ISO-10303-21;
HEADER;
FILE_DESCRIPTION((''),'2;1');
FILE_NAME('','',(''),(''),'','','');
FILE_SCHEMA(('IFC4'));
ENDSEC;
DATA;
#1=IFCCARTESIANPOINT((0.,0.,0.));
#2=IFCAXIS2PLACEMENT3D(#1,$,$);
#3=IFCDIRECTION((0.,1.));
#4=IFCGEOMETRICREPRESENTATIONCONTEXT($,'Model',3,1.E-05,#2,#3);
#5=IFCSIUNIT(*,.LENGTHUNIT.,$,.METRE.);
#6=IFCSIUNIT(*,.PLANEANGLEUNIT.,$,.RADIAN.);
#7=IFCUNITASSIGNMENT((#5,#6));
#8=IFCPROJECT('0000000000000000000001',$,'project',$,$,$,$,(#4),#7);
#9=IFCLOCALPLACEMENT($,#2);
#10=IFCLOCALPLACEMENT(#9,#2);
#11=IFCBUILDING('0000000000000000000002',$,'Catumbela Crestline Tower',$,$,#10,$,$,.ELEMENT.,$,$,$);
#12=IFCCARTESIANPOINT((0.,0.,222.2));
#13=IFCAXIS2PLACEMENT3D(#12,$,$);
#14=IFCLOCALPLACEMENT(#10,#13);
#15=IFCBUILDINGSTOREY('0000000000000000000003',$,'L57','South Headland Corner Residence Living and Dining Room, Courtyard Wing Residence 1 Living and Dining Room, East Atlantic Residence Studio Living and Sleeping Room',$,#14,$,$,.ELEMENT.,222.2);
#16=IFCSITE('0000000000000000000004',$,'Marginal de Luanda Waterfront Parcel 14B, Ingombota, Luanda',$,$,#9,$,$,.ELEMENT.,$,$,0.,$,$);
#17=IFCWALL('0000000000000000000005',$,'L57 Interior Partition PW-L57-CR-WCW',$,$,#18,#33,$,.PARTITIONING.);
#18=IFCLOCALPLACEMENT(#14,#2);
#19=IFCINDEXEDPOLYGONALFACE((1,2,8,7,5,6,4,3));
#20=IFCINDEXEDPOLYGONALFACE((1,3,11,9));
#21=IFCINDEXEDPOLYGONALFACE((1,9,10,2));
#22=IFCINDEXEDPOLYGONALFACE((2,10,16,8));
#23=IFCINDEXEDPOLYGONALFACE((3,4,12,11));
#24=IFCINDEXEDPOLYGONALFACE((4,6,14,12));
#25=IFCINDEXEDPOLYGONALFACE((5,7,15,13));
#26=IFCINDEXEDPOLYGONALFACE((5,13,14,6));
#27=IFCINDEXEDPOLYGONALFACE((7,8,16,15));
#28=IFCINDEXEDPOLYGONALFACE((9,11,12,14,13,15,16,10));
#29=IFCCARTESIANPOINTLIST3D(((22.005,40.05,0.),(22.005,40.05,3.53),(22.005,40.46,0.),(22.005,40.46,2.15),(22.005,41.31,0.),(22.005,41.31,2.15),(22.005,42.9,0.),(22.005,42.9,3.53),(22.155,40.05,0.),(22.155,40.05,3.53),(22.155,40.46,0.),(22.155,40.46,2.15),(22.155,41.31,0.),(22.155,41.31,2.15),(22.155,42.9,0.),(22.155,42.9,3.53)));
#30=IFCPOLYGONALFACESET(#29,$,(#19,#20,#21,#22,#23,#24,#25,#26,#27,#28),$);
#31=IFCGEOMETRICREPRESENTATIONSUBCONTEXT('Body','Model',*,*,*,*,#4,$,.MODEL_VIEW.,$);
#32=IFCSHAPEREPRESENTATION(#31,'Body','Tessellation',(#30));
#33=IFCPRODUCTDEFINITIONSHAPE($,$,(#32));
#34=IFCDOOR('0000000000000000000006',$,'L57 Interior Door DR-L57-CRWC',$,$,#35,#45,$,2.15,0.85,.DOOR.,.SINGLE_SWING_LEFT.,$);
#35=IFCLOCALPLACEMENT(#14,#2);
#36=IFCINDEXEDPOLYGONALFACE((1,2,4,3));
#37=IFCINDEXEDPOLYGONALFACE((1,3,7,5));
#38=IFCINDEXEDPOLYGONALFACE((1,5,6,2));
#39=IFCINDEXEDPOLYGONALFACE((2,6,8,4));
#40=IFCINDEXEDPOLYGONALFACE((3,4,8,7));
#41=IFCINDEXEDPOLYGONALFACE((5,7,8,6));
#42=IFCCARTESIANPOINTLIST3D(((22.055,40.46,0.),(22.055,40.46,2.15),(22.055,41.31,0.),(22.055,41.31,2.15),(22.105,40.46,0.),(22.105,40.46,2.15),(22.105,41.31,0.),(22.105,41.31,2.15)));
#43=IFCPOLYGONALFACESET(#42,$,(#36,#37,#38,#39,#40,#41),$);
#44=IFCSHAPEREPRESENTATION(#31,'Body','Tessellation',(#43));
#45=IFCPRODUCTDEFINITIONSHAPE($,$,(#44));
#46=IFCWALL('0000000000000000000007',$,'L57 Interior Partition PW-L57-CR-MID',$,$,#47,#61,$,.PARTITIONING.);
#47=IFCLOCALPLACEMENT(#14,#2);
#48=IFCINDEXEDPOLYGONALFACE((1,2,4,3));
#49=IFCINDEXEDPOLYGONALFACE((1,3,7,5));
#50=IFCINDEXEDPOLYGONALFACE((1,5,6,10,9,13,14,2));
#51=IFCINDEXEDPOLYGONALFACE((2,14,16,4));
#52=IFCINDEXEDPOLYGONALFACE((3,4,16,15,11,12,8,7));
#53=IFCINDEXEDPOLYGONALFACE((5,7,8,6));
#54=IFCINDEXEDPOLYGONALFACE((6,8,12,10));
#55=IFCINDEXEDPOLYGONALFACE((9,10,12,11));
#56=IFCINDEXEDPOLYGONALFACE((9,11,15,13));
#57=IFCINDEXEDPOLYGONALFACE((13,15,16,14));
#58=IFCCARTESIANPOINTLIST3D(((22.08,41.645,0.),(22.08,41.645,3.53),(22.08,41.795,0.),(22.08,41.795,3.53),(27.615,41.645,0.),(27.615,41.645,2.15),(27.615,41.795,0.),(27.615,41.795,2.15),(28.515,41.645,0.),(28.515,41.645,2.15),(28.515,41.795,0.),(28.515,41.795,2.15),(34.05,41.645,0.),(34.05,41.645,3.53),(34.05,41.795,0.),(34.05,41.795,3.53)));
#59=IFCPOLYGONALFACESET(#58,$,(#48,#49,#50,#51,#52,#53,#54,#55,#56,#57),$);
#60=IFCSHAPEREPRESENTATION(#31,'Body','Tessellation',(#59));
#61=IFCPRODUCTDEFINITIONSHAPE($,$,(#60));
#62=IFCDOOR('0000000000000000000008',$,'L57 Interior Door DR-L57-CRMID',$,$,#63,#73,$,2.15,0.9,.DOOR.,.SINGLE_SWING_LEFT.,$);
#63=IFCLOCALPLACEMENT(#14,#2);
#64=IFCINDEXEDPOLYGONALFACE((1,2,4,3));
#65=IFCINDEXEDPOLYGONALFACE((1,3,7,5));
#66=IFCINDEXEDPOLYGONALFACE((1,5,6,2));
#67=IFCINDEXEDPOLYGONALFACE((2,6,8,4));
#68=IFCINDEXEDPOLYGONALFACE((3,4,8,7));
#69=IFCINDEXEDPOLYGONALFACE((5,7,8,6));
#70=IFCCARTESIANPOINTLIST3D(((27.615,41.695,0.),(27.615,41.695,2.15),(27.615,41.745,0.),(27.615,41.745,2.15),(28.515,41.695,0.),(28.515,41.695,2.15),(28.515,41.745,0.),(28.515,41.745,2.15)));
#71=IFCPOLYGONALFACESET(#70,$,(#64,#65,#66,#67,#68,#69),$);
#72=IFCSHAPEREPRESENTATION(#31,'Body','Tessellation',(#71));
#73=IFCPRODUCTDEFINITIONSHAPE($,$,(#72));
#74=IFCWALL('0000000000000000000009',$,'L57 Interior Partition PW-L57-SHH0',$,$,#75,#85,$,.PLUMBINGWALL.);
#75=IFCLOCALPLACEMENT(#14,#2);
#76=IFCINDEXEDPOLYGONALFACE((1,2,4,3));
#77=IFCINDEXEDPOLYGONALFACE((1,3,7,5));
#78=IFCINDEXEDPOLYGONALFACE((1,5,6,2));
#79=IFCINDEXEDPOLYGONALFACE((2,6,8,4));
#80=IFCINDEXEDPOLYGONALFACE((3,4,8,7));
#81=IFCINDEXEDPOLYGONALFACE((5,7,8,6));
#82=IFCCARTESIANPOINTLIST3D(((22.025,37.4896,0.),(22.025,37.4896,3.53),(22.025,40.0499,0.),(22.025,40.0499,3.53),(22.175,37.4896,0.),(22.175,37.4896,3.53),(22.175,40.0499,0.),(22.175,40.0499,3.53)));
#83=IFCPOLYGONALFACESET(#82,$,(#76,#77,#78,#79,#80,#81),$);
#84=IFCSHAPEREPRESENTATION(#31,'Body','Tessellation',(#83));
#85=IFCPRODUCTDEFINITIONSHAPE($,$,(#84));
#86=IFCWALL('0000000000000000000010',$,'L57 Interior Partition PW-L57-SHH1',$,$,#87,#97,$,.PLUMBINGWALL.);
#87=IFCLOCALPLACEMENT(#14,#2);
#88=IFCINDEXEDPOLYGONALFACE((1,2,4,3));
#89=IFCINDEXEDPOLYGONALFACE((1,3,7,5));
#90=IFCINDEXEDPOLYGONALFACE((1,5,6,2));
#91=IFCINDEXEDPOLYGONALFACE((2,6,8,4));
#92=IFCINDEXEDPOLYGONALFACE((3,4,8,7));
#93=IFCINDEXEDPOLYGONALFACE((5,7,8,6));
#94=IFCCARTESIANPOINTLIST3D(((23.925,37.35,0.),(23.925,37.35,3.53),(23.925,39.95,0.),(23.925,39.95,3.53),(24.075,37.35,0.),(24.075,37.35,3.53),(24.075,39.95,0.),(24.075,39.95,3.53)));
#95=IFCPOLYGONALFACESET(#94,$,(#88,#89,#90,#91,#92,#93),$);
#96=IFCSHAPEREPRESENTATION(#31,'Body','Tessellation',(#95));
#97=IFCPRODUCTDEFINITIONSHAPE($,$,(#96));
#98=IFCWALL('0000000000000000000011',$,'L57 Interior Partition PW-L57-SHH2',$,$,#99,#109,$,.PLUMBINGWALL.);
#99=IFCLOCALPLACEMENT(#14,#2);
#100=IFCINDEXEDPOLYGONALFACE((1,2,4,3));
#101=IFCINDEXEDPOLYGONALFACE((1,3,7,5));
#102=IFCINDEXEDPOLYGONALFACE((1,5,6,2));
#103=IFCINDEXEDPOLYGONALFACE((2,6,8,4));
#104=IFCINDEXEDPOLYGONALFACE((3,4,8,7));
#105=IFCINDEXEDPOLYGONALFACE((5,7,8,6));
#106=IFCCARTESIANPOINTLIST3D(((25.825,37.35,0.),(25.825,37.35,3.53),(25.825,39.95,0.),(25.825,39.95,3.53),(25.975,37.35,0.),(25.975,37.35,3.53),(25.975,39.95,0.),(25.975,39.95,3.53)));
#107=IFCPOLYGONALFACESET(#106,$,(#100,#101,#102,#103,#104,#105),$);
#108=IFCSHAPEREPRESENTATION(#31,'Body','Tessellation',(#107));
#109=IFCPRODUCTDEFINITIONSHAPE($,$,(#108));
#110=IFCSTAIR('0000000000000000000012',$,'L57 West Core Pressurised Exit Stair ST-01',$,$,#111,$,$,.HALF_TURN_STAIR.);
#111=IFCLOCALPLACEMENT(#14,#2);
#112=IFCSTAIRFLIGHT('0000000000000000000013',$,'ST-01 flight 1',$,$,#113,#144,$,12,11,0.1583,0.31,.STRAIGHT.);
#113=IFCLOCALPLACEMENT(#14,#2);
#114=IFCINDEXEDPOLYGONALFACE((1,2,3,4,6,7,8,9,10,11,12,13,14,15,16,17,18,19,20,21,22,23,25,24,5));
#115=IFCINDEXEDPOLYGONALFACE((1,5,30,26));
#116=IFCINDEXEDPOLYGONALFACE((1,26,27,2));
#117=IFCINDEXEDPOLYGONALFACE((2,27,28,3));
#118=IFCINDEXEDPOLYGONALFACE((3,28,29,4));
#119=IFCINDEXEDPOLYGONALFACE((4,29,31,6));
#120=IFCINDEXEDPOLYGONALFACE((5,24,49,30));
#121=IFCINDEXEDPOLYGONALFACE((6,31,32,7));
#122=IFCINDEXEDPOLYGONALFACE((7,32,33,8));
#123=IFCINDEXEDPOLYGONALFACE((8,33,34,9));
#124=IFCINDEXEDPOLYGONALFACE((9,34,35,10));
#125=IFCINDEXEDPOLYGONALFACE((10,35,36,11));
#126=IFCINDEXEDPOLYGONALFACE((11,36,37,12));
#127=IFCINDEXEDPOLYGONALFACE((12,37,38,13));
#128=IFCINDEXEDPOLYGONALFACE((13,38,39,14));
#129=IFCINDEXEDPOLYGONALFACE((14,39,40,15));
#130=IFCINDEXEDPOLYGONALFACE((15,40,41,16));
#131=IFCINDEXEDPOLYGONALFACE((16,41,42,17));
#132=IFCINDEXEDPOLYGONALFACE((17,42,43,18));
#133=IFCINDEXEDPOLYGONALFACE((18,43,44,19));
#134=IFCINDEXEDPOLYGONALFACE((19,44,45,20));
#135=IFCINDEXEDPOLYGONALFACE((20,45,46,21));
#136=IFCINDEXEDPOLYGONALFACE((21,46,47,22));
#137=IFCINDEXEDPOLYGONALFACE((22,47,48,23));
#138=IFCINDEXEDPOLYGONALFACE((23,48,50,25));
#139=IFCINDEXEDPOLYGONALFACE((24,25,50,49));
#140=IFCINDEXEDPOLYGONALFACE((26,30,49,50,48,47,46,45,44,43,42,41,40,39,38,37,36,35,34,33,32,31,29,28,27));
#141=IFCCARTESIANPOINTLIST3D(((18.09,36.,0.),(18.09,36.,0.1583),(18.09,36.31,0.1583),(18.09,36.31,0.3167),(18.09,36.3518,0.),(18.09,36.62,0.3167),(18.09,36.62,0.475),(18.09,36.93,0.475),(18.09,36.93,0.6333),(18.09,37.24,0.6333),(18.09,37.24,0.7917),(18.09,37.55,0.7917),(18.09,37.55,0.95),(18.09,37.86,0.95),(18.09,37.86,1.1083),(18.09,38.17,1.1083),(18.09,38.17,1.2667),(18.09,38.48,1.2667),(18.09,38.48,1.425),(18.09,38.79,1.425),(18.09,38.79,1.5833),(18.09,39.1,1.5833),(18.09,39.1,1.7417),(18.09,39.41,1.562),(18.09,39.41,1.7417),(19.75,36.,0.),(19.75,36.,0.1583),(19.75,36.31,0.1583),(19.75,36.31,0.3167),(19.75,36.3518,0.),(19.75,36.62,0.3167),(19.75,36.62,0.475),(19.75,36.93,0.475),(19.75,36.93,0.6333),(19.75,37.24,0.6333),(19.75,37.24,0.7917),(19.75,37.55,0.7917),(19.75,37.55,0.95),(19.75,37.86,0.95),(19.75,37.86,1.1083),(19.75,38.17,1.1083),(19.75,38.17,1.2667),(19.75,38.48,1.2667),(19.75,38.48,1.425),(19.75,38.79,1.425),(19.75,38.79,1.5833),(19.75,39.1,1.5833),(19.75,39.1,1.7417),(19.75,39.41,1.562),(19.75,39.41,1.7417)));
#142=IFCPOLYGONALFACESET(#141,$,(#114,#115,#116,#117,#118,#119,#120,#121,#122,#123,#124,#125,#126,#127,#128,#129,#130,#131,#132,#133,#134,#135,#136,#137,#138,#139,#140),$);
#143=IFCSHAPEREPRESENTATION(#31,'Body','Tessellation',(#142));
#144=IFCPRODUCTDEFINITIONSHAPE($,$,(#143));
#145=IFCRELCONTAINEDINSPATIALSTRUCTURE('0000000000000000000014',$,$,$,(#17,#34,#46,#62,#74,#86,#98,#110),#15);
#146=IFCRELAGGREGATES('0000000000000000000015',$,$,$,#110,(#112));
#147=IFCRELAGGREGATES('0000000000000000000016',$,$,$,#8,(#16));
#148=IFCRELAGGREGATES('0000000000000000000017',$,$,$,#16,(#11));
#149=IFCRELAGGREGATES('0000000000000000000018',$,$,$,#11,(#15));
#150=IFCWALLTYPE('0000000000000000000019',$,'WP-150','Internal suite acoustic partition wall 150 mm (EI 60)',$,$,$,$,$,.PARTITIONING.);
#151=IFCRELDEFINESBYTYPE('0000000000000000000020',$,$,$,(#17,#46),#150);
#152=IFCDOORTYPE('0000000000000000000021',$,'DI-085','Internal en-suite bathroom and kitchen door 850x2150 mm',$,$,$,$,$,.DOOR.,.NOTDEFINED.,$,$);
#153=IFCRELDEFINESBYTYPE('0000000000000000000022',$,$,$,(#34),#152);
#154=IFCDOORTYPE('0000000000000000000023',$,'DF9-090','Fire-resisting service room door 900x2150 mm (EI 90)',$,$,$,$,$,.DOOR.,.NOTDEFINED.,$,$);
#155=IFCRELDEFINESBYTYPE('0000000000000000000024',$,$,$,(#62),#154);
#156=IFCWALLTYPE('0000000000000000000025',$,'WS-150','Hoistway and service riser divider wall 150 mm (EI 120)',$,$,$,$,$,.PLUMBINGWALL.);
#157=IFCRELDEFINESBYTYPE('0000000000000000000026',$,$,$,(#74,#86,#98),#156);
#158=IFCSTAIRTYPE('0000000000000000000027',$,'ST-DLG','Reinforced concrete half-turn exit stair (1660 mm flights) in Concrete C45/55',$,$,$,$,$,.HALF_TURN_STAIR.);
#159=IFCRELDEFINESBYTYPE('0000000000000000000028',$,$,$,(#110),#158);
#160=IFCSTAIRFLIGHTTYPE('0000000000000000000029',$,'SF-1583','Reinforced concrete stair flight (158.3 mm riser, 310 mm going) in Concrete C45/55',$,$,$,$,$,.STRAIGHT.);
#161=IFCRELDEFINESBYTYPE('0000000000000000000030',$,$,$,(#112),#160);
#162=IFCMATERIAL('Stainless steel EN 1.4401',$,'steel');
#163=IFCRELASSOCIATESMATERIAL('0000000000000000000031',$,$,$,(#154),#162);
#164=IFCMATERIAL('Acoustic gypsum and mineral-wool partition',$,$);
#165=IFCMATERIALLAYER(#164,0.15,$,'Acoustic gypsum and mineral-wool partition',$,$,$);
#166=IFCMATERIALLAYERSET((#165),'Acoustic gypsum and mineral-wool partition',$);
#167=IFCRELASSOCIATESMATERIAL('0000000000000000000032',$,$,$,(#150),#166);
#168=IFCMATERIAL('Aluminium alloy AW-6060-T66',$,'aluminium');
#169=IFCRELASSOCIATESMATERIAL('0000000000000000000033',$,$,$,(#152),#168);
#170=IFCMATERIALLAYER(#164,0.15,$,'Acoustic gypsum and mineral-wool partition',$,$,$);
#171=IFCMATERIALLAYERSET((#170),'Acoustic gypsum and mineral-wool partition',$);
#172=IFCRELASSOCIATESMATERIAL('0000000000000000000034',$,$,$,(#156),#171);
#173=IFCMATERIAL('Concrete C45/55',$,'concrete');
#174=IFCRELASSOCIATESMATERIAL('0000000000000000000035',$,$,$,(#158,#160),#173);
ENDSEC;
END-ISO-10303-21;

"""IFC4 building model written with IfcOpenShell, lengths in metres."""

from ifc_helpers import new_model, si_unit, direction, frame, frame_2d, origin, place, context, subcontext, project, spatial, polyline, rectangle, outline, extrude, material, layer, layer_set, type_object, element, fill, aggregate, save


model = new_model("IFC4")

# Units and contexts
model_context = context("Model", 3, precision=1e-05, world=origin(), true_north=direction((0.0, 1.0)))
body_context = subcontext(model_context, "Body", "Model", "MODEL_VIEW")
ifc_project = project(units=[si_unit("LENGTHUNIT", "METRE"), si_unit("PLANEANGLEUNIT", "RADIAN")], contexts=[model_context])

# Site, building, storey
site_placement = place(None, origin())
site = spatial("IfcSite", under=ifc_project, at=site_placement, Name="Marginal de Luanda Waterfront Parcel 14B, Ingombota, Luanda", CompositionType="ELEMENT", RefElevation=0.0)
building_placement = place(site_placement, origin())
building = spatial("IfcBuilding", under=site, at=building_placement, Name="Catumbela Crestline Tower", CompositionType="ELEMENT")
storey_placement = place(building_placement, frame((0.0, 0.0, 222.2)))
storey = spatial("IfcBuildingStorey", under=building, at=storey_placement, Name="L57", Description="South Headland Corner Residence Living and Dining Room, Courtyard Wing Residence 1 Living and Dining Room, East Atlantic Residence Studio Living and Sleeping Room", CompositionType="ELEMENT", Elevation=222.2)

# Shared definitions
ifc_material_1 = material(Name="Stainless steel EN 1.4401", Category="steel")

# Shared definitions
door_type_1 = type_object("IfcDoorType", Name="DF9-090", Description="Fire-resisting service room door 900x2150 mm (EI 90)", OperationType="NOTDEFINED", PredefinedType="DOOR", material=ifc_material_1)

# Walls, openings, doors
ifc_material_2 = material(Name="Acoustic gypsum and mineral-wool partition")
ifc_layer_1 = layer(ifc_material_2, 0.15, Name="Acoustic gypsum and mineral-wool partition")
ifc_layer_set_1 = layer_set([ifc_layer_1], Name="Acoustic gypsum and mineral-wool partition")
wall_type_1 = type_object("IfcWallType", Name="WP-150", Description="Internal suite acoustic partition wall 150 mm (EI 60)", PredefinedType="PARTITIONING", material=ifc_layer_set_1)
wall_1_placement = place(storey_placement, frame((22.08, 40.05, 0.0), z_axis=(0.0, 0.0, 1.0), x_axis=(0.0, 1.0, 0.0)))
wall_1 = element("IfcWall", 1, at=wall_1_placement, inside=storey, type_object=wall_type_1, Name="L57 Interior Partition PW-L57-CR-WCW", PredefinedType="PARTITIONING", context=body_context, shape_type="SweptSolid", body=[
    extrude(rectangle(XDim=2.85, YDim=0.15, at=frame_2d((1.425, 0.0))), origin(), (0.0, 0.0, 1.0), 3.53),
])
opening_1_placement = place(wall_1_placement, frame((0.41, 0.0, 0.0)))
opening_1 = element("IfcOpeningElement", 2, at=opening_1_placement, cuts=wall_1, PredefinedType="OPENING", context=body_context, shape_type="SweptSolid", body=[
    extrude(rectangle(XDim=0.85, YDim=2.15, at=frame_2d((0.425, 1.075))), frame((0.0, 0.085, 0.0), z_axis=(0.0, -1.0, 0.0), x_axis=(1.0, 0.0, 0.0)), (0.0, 0.0, 1.0), 0.17),
])
ifc_material_3 = material(Name="Aluminium alloy AW-6060-T66", Category="aluminium")
door_type_2 = type_object("IfcDoorType", Name="DI-085", Description="Internal en-suite bathroom and kitchen door 850x2150 mm", OperationType="NOTDEFINED", PredefinedType="DOOR", material=ifc_material_3)
door_1_placement = place(opening_1_placement, origin())
door_1 = element("IfcDoor", 3, at=door_1_placement, inside=storey, type_object=door_type_2, Name="L57 Interior Door DR-L57-CRWC", OperationType="SINGLE_SWING_LEFT", OverallHeight=2.15, OverallWidth=0.85, PredefinedType="DOOR", context=body_context, shape_type="SweptSolid", body=[
    extrude(rectangle(XDim=0.85, YDim=2.15, at=frame_2d((0.425, 1.075))), frame((0.0, 0.025, 0.0), z_axis=(0.0, -1.0, 0.0), x_axis=(1.0, 0.0, 0.0)), (0.0, 0.0, 1.0), 0.05),
])
fill(opening_1, door_1)
wall_2_placement = place(storey_placement, frame((22.08, 41.72, 0.0), z_axis=(0.0, 0.0, 1.0), x_axis=(1.0, 0.0, 0.0)))
wall_2 = element("IfcWall", 4, at=wall_2_placement, inside=storey, type_object=wall_type_1, Name="L57 Interior Partition PW-L57-CR-MID", PredefinedType="PARTITIONING", context=body_context, shape_type="SweptSolid", body=[
    extrude(rectangle(XDim=11.97, YDim=0.15, at=frame_2d((5.985, 0.0))), origin(), (0.0, 0.0, 1.0), 3.53),
])
opening_2_placement = place(wall_2_placement, frame((5.535, 0.0, 0.0)))
opening_2 = element("IfcOpeningElement", 5, at=opening_2_placement, cuts=wall_2, PredefinedType="OPENING", context=body_context, shape_type="SweptSolid", body=[
    extrude(rectangle(XDim=0.9, YDim=2.15, at=frame_2d((0.45, 1.075))), frame((0.0, 0.085, 0.0), z_axis=(0.0, -1.0, 0.0), x_axis=(1.0, 0.0, 0.0)), (0.0, 0.0, 1.0), 0.17),
])
door_2_placement = place(opening_2_placement, origin())
door_2 = element("IfcDoor", 6, at=door_2_placement, inside=storey, type_object=door_type_1, Name="L57 Interior Door DR-L57-CRMID", OperationType="SINGLE_SWING_LEFT", OverallHeight=2.15, OverallWidth=0.9, PredefinedType="DOOR", context=body_context, shape_type="SweptSolid", body=[
    extrude(rectangle(XDim=0.9, YDim=2.15, at=frame_2d((0.45, 1.075))), frame((0.0, 0.025, 0.0), z_axis=(0.0, -1.0, 0.0), x_axis=(1.0, 0.0, 0.0)), (0.0, 0.0, 1.0), 0.05),
])
fill(opening_2, door_2)

# Walls
ifc_layer_2 = layer(ifc_material_2, 0.15, Name="Acoustic gypsum and mineral-wool partition")
ifc_layer_set_2 = layer_set([ifc_layer_2], Name="Acoustic gypsum and mineral-wool partition")
wall_type_2 = type_object("IfcWallType", Name="WS-150", Description="Hoistway and service riser divider wall 150 mm (EI 120)", PredefinedType="PLUMBINGWALL", material=ifc_layer_set_2)
wall_3_placement = place(storey_placement, frame((22.1, 37.4897, 0.0), z_axis=(0.0, 0.0, 1.0), x_axis=(0.0, 1.0, 0.0)))
element("IfcWall", 7, at=wall_3_placement, inside=storey, type_object=wall_type_2, Name="L57 Interior Partition PW-L57-SHH0", PredefinedType="PLUMBINGWALL", context=body_context, shape_type="SweptSolid", body=[
    extrude(rectangle(XDim=2.5603, YDim=0.15, at=frame_2d((1.2801, 0.0))), origin(), (0.0, 0.0, 1.0), 3.53),
])
for number, where, z_axis, x_axis, name in (
    (8, (24.0, 37.35, 0.0), (0.0, 0.0, 1.0), (0.0, 1.0, 0.0), "L57 Interior Partition PW-L57-SHH1"),
    (9, (25.9, 37.35, 0.0), (0.0, 0.0, 1.0), (0.0, 1.0, 0.0), "L57 Interior Partition PW-L57-SHH2"),
):
    element("IfcWall", number, at=place(storey_placement, frame(where, z_axis=z_axis, x_axis=x_axis)), inside=storey, type_object=wall_type_2, Name=name, PredefinedType="PLUMBINGWALL", context=body_context, shape_type="SweptSolid", body=[
        extrude(rectangle(XDim=2.6, YDim=0.15, at=frame_2d((1.3, 0.0))), origin(), (0.0, 0.0, 1.0), 3.53),
    ])

# Stair, stair flight
ifc_material_4 = material(Name="Concrete C45/55", Category="concrete")
stair_type = type_object("IfcStairType", Name="ST-DLG", Description="Reinforced concrete half-turn exit stair (1660 mm flights) in Concrete C45/55", PredefinedType="HALF_TURN_STAIR", material=ifc_material_4)
stair_placement = place(storey_placement, origin())
stair = element("IfcStair", 10, at=stair_placement, inside=storey, type_object=stair_type, Name="L57 West Core Pressurised Exit Stair ST-01", PredefinedType="HALF_TURN_STAIR")
stair_flight_type = type_object("IfcStairFlightType", Name="SF-1583", Description="Reinforced concrete stair flight (158.3 mm riser, 310 mm going) in Concrete C45/55", PredefinedType="STRAIGHT", material=ifc_material_4)
stair_flight_placement = place(storey_placement, frame((18.92, 36.0, 0.0), z_axis=(0.0, 0.0, 1.0), x_axis=(0.0, 1.0, 0.0)))
stair_flight = element("IfcStairFlight", 11, at=stair_flight_placement, type_object=stair_flight_type, Name="ST-01 flight 1", NumberOfRisers=12, NumberOfTreads=11, PredefinedType="STRAIGHT", RiserHeight=0.1583, TreadLength=0.31, context=body_context, shape_type="SweptSolid", body=[
    extrude(outline(polyline([(0.0, 0.0), (0.0, 0.1583), (0.31, 0.1583), (0.31, 0.3167), (0.62, 0.3167), (0.62, 0.475), (0.93, 0.475), (0.93, 0.6333), (1.24, 0.6333), (1.24, 0.7917), (1.55, 0.7917), (1.55, 0.95), (1.86, 0.95), (1.86, 1.1083), (2.17, 1.1083), (2.17, 1.2667), (2.48, 1.2667), (2.48, 1.425), (2.79, 1.425), (2.79, 1.5833), (3.1, 1.5833), (3.1, 1.7417), (3.41, 1.7417), (3.41, 1.9), (3.41, 1.562), (0.3518, 0.0), (0.0, 0.0)])), frame((0.0, 0.83, 0.0), z_axis=(0.0, -1.0, 0.0), x_axis=(1.0, 0.0, 0.0)), (0.0, 0.0, 1.0), 1.66),
])
aggregate(stair, [stair_flight])

save(model, "model.ifc")
